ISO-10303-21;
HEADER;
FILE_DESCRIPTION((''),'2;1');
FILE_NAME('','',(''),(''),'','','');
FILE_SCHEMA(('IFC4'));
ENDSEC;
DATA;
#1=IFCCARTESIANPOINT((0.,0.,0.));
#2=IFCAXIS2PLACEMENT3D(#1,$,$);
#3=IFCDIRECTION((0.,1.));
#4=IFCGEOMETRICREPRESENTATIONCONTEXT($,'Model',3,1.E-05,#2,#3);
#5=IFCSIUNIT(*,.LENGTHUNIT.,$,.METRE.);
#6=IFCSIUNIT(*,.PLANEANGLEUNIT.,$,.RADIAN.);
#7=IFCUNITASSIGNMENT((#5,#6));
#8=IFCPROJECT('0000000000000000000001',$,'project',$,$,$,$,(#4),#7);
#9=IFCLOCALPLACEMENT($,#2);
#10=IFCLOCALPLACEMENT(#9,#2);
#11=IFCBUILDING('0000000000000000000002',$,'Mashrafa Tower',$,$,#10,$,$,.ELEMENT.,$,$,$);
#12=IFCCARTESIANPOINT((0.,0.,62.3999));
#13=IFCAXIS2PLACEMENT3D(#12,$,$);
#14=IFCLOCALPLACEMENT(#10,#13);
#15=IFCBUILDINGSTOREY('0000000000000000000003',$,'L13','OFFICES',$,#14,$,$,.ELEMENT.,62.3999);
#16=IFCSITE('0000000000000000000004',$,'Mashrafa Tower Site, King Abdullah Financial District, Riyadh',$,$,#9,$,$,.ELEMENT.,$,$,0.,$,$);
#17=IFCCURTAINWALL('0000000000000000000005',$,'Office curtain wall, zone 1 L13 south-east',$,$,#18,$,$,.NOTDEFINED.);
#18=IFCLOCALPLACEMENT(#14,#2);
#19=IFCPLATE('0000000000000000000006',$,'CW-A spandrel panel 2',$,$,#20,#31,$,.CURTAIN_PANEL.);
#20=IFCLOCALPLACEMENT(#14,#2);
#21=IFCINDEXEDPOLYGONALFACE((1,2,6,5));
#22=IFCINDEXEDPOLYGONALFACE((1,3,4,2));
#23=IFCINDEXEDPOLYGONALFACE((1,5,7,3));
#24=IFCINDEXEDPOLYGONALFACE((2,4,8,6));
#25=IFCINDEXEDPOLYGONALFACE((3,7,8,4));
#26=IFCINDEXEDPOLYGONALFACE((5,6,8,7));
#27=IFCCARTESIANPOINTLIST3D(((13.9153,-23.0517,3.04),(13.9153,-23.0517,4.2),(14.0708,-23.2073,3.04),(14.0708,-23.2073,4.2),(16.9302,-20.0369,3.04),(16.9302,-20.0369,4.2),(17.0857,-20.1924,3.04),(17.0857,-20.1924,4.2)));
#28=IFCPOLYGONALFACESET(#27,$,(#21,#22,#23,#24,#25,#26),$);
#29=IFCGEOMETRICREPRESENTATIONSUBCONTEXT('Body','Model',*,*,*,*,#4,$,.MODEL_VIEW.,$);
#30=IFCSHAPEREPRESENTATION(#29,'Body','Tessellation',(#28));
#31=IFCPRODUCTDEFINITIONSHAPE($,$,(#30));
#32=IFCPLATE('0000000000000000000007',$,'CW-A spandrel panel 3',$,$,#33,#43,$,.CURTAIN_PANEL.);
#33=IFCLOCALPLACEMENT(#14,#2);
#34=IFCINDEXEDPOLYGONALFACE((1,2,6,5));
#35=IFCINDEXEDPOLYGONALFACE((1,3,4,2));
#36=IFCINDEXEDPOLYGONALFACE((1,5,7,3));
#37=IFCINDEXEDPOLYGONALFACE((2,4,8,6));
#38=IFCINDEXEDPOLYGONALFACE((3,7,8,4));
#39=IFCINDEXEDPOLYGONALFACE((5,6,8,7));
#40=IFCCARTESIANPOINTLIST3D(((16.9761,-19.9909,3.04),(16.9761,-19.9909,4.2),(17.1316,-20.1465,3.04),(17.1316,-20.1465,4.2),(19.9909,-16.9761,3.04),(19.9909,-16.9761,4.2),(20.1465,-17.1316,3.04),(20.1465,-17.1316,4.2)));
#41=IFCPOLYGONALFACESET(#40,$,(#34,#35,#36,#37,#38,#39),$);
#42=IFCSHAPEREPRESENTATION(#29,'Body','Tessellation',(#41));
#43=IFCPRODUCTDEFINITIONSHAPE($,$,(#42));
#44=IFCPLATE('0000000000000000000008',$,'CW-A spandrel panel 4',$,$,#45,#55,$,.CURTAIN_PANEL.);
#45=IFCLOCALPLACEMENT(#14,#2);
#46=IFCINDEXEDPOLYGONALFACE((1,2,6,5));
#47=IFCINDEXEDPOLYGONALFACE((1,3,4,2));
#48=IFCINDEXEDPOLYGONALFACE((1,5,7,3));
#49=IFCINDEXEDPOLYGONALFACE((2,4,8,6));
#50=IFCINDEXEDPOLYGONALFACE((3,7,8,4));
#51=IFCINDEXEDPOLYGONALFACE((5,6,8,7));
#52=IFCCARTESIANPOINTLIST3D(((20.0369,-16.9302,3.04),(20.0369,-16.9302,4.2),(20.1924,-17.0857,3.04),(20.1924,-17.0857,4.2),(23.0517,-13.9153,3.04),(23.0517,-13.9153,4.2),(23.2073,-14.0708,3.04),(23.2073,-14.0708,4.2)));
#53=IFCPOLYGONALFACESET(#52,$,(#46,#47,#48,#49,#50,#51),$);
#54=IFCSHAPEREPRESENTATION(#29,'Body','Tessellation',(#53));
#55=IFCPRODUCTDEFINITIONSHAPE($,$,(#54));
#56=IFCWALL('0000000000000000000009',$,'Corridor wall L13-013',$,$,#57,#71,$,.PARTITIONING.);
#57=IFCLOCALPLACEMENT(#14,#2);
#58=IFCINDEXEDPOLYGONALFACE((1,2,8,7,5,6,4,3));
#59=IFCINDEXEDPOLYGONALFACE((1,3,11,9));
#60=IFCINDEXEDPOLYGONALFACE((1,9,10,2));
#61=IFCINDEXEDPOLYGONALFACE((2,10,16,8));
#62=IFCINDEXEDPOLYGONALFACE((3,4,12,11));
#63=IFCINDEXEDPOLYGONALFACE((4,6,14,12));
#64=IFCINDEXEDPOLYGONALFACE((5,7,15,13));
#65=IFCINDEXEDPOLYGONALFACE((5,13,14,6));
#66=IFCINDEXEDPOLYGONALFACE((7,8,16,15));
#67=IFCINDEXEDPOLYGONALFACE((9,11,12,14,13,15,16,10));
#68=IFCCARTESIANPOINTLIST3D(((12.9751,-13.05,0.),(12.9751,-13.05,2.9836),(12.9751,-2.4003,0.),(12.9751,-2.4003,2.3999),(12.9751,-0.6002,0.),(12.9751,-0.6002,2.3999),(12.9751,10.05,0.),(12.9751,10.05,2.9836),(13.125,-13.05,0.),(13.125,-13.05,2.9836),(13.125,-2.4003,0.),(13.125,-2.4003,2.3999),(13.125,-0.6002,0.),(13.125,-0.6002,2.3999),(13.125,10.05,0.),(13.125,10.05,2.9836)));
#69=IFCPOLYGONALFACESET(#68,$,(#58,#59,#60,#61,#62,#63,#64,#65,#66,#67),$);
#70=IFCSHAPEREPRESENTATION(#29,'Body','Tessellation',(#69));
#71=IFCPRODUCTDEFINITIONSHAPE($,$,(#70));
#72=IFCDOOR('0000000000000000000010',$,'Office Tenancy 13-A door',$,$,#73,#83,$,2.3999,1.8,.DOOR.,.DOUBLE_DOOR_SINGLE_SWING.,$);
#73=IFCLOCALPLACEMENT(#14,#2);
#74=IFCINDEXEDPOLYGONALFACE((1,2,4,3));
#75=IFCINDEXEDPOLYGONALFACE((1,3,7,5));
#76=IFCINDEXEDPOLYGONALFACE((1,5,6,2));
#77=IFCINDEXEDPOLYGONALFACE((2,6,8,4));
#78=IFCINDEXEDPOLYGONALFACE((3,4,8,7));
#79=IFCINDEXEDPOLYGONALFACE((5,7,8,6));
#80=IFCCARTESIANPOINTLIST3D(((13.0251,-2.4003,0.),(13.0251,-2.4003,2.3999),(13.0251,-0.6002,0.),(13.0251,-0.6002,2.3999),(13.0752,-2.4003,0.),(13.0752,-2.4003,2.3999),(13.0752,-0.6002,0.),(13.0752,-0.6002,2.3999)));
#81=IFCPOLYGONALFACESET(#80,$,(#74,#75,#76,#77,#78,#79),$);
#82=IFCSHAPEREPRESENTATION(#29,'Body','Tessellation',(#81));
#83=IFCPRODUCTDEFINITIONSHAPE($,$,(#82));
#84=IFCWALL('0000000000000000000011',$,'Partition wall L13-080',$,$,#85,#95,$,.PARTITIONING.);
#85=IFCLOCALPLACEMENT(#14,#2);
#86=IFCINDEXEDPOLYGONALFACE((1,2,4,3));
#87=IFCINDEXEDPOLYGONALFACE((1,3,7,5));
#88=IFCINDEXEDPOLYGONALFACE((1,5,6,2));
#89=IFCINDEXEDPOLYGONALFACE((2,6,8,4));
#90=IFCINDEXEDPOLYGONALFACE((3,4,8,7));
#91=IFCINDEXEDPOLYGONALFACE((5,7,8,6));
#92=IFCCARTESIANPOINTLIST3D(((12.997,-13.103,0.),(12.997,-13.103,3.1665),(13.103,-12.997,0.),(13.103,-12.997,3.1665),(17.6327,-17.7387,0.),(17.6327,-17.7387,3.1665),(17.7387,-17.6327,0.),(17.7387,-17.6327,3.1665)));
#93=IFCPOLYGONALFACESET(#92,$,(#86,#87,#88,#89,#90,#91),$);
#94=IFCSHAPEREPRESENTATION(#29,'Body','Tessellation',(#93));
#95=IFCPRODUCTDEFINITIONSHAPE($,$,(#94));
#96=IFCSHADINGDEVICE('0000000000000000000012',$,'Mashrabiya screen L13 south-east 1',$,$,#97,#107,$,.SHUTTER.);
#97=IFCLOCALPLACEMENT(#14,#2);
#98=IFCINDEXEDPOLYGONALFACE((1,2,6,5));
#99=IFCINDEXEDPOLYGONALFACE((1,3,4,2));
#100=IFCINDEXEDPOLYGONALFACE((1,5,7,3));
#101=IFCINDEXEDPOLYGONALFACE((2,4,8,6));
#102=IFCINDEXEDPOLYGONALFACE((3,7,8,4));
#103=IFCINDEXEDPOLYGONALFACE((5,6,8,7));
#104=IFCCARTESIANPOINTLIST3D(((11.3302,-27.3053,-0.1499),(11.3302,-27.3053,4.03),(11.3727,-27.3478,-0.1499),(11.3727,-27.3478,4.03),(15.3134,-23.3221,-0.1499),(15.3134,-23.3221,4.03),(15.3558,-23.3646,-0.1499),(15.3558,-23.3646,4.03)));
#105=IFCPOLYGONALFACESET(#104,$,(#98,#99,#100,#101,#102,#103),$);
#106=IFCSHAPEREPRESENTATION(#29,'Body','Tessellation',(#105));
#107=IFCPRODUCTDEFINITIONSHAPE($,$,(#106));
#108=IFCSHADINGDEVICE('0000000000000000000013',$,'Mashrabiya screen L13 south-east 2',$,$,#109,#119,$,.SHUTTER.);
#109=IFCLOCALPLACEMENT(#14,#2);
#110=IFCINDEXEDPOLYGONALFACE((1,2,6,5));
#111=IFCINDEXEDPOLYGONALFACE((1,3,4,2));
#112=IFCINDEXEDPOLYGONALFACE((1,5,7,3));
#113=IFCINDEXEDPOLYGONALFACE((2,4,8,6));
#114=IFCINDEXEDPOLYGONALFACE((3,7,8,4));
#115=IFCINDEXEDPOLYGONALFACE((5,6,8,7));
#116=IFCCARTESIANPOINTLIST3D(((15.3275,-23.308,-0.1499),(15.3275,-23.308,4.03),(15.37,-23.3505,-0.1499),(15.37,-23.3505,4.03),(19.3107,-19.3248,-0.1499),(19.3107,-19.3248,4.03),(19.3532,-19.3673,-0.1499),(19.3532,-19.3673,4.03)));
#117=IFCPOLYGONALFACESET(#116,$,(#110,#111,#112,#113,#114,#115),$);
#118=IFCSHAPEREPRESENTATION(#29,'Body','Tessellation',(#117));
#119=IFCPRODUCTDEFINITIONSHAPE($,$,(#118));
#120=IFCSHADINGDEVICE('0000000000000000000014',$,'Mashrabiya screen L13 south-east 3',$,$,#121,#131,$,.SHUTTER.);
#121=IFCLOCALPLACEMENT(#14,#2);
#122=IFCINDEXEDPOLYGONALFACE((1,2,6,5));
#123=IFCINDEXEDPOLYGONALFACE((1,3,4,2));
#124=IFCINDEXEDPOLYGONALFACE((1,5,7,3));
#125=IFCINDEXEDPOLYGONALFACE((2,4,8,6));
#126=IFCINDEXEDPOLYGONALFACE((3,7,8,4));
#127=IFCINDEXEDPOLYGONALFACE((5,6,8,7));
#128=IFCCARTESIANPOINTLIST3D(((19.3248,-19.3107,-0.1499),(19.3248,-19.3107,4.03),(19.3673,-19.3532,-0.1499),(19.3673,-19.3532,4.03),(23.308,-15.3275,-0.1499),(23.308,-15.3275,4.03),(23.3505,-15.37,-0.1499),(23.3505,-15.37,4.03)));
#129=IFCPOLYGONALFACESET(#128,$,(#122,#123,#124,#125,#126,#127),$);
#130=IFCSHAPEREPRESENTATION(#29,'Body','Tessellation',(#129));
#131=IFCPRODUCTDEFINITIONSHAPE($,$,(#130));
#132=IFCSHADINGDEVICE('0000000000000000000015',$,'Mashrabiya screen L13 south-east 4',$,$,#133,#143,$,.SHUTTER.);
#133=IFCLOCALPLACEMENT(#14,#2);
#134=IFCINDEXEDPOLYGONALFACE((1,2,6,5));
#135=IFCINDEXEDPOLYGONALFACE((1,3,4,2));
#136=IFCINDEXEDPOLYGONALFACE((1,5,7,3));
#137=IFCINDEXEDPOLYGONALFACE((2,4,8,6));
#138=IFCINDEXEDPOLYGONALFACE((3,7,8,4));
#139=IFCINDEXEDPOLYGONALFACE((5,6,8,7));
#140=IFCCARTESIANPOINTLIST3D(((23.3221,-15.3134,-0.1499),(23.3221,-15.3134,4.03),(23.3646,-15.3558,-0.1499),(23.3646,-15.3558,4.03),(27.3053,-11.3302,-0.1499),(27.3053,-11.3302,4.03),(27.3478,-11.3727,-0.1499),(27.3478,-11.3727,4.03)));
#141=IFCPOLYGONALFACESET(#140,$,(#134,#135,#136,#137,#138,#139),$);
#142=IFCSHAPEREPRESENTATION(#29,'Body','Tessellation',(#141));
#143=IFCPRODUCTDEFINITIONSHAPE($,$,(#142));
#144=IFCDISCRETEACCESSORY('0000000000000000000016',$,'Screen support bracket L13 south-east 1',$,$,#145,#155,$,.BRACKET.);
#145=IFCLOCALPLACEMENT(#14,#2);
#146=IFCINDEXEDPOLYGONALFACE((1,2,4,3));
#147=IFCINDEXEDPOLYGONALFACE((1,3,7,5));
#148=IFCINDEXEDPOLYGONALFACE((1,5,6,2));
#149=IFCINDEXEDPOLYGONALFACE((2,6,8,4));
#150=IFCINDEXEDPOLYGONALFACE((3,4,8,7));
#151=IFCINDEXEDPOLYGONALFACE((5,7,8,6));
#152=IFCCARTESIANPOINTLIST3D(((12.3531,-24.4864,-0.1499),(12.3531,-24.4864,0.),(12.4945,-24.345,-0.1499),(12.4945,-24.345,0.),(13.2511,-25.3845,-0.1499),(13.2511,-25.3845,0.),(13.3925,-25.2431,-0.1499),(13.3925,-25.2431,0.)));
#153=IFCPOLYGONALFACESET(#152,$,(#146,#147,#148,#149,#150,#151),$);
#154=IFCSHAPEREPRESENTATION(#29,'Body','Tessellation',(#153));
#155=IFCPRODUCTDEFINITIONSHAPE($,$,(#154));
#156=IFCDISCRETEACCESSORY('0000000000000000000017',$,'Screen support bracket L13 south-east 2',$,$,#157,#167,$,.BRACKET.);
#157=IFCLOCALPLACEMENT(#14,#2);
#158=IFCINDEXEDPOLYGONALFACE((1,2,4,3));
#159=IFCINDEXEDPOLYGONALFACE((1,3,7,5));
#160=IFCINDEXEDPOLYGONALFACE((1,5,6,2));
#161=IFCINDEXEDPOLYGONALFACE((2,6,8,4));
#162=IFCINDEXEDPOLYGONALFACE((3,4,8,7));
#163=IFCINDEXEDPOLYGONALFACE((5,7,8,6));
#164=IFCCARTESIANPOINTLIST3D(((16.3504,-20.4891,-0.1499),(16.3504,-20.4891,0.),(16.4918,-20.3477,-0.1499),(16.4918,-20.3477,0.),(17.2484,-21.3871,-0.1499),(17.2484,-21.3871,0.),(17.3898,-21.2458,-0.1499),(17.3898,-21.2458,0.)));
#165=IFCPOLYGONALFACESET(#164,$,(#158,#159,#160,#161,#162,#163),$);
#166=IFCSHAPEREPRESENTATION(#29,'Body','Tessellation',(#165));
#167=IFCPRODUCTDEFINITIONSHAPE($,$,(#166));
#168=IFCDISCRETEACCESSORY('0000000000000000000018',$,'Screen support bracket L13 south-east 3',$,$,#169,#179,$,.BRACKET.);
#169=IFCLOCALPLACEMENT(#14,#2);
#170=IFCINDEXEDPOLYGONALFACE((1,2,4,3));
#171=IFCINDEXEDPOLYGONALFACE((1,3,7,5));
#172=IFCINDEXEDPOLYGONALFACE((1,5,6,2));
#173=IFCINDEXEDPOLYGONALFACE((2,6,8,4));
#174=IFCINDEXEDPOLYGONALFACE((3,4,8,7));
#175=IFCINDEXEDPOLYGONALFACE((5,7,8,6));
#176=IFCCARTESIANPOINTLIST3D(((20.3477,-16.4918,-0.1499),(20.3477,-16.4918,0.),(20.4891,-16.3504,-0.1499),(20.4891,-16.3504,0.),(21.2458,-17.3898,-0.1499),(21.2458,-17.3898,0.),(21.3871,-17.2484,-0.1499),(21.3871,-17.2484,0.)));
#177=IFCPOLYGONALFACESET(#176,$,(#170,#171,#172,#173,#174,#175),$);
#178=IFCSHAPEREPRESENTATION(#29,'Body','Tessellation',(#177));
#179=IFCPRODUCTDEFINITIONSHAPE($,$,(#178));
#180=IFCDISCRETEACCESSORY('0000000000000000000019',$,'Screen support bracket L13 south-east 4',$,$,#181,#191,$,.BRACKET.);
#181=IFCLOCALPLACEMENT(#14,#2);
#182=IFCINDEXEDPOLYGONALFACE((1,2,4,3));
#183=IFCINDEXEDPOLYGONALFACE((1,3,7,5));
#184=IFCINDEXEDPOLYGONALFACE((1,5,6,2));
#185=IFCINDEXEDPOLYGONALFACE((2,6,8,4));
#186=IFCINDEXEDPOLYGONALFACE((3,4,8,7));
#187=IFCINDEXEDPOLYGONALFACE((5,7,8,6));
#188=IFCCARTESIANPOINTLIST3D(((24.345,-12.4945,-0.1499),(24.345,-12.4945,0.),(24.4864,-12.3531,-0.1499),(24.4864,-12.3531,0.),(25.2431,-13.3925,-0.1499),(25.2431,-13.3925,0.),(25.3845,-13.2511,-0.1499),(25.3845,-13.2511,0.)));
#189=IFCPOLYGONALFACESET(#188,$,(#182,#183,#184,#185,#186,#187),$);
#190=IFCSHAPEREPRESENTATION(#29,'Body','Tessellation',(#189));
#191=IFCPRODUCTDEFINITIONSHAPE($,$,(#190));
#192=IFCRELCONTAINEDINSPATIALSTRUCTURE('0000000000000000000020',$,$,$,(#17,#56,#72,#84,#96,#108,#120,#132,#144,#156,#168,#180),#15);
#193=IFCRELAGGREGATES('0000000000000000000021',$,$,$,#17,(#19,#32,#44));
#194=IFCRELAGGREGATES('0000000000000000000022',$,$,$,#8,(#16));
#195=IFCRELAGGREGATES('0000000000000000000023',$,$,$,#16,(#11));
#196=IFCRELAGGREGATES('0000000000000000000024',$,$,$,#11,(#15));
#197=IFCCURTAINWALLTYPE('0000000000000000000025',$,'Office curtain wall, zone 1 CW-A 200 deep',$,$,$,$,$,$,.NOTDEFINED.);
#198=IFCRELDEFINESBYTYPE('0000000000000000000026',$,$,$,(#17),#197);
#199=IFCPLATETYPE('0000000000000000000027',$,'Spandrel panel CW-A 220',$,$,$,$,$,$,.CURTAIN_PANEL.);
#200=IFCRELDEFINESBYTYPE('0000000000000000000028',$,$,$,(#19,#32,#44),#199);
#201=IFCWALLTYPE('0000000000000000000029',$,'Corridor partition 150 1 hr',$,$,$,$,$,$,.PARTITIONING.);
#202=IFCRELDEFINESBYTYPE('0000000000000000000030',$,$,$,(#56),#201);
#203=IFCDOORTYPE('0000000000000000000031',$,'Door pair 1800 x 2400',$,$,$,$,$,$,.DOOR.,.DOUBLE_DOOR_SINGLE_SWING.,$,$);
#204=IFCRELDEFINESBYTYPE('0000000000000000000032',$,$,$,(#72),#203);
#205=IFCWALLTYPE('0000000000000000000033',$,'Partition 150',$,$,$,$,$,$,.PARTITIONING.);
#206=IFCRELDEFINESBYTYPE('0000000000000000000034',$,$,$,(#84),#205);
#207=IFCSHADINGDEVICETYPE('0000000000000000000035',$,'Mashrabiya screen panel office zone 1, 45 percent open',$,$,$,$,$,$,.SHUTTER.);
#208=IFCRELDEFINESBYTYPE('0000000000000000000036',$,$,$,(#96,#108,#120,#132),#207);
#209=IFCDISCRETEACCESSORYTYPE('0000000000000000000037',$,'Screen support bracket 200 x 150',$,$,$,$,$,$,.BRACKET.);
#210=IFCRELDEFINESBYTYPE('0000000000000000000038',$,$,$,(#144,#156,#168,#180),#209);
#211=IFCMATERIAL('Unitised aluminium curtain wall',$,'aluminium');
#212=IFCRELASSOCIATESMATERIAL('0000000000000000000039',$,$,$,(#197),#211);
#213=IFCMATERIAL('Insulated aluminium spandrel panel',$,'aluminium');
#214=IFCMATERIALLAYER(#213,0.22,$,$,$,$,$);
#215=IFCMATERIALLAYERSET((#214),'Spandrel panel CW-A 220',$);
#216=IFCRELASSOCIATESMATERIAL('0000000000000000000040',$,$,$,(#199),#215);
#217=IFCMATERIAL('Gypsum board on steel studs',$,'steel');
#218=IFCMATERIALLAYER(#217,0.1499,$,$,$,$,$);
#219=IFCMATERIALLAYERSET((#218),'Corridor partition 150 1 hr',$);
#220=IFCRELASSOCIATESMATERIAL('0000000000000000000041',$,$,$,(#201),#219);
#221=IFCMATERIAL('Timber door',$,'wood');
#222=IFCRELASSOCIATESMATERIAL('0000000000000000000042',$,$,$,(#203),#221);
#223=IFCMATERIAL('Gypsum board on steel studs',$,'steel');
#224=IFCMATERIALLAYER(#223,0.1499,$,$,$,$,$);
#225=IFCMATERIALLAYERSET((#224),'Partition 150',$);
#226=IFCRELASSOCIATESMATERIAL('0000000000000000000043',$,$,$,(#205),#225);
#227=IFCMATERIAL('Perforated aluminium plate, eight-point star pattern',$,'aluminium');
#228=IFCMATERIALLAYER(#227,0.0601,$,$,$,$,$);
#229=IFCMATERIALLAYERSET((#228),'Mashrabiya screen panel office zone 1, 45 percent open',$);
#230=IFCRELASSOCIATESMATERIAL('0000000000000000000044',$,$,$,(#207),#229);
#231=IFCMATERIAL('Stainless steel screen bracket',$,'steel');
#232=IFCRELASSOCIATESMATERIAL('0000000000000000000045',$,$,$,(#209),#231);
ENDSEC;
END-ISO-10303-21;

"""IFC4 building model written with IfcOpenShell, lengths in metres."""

from ifc_helpers import new_model, si_unit, direction, frame, frame_2d, origin, origin_2d, place, context, subcontext, project, spatial, rectangle, extrude, source, transform, mapped, material, layer, layer_set, type_object, type_shapes, element, fill, aggregate, save


model = new_model("IFC4")

# Units and contexts
model_context = context("Model", 3, precision=1e-05, world=origin(), true_north=direction((0.0, 1.0)))
body_context = subcontext(model_context, "Body", "Model", "MODEL_VIEW")
ifc_project = project(units=[si_unit("LENGTHUNIT", "METRE"), si_unit("PLANEANGLEUNIT", "RADIAN")], contexts=[model_context])

# Site, building, storey
site_placement = place(None, origin())
site = spatial("IfcSite", under=ifc_project, at=site_placement, Name="Mashrafa Tower Site, King Abdullah Financial District, Riyadh", CompositionType="ELEMENT", RefElevation=0.0)
building_placement = place(site_placement, origin())
building = spatial("IfcBuilding", under=site, at=building_placement, Name="Mashrafa Tower", CompositionType="ELEMENT")
storey_placement = place(building_placement, frame((0.0, 0.0, 62.3999)))
storey = spatial("IfcBuildingStorey", under=building, at=storey_placement, Name="L13", Description="OFFICES", CompositionType="ELEMENT", Elevation=62.3999)

# Curtain wall, plates
ifc_material_1 = material(Name="Unitised aluminium curtain wall", Category="aluminium")
curtain_wall_type = type_object("IfcCurtainWallType", Name="Office curtain wall, zone 1 CW-A 200 deep", PredefinedType="NOTDEFINED", material=ifc_material_1)
curtain_wall_placement = place(storey_placement, origin())
curtain_wall = element("IfcCurtainWall", 1, at=curtain_wall_placement, inside=storey, type_object=curtain_wall_type, Name="Office curtain wall, zone 1 L13 south-east", PredefinedType="NOTDEFINED")
ifc_material_2 = material(Name="Insulated aluminium spandrel panel", Category="aluminium")
ifc_layer_1 = layer(ifc_material_2, 0.22)
ifc_layer_set_1 = layer_set([ifc_layer_1], Name="Spandrel panel CW-A 220")
plate_type_1 = type_object("IfcPlateType", Name="Spandrel panel CW-A 220", PredefinedType="CURTAIN_PANEL", material=ifc_layer_set_1)
shared_shape_1 = source(origin(), body_context, "Body", "SweptSolid", [
    extrude(rectangle(XDim=4.2637, YDim=0.22, at=origin_2d()), origin(), (0.0, 0.0, 1.0), 1.1599),
])
plate_1_placement = place(storey_placement, frame((15.5005, -21.6221, 3.04), z_axis=(0.0, 0.0, 1.0), x_axis=(0.707107, 0.707107, 0.0)))
plate_1 = element("IfcPlate", 2, at=plate_1_placement, type_object=plate_type_1, Name="CW-A spandrel panel 2", PredefinedType="CURTAIN_PANEL", context=body_context, shape_type="MappedRepresentation", body=[
    mapped(shared_shape_1, transform((0.0, 0.0, 0.0))),
])
plate_2_placement = place(storey_placement, frame((18.5613, -18.5613, 3.04), z_axis=(0.0, 0.0, 1.0), x_axis=(0.707107, 0.707107, 0.0)))
plate_2 = element("IfcPlate", 3, at=plate_2_placement, type_object=plate_type_1, Name="CW-A spandrel panel 3", PredefinedType="CURTAIN_PANEL", context=body_context, shape_type="MappedRepresentation", body=[
    mapped(shared_shape_1, transform((0.0, 0.0, 0.0))),
])
plate_3_placement = place(storey_placement, frame((21.6221, -15.5005, 3.04), z_axis=(0.0, 0.0, 1.0), x_axis=(0.707107, 0.707107, 0.0)))
plate_3 = element("IfcPlate", 4, at=plate_3_placement, type_object=plate_type_1, Name="CW-A spandrel panel 4", PredefinedType="CURTAIN_PANEL", context=body_context, shape_type="MappedRepresentation", body=[
    mapped(shared_shape_1, transform((0.0, 0.0, 0.0))),
])
aggregate(curtain_wall, [plate_1, plate_2, plate_3])

# Wall, opening, door
ifc_material_3 = material(Name="Gypsum board on steel studs", Category="steel")
ifc_layer_2 = layer(ifc_material_3, 0.1499)
ifc_layer_set_2 = layer_set([ifc_layer_2], Name="Corridor partition 150 1 hr")
wall_type_1 = type_object("IfcWallType", Name="Corridor partition 150 1 hr", PredefinedType="PARTITIONING", material=ifc_layer_set_2)
wall_1_placement = place(storey_placement, frame((13.05, -13.05, 0.0), z_axis=(0.0, 0.0, 1.0), x_axis=(0.0, 1.0, 0.0)))
wall_1 = element("IfcWall", 5, at=wall_1_placement, inside=storey, type_object=wall_type_1, Name="Corridor wall L13-013", PredefinedType="PARTITIONING", context=body_context, shape_type="SweptSolid", body=[
    extrude(rectangle(XDim=23.1001, YDim=0.1499, at=frame_2d((11.55, 0.0))), origin(), (0.0, 0.0, 1.0), 2.9836),
])
opening_placement = place(wall_1_placement, frame((10.6499, 0.0, 0.0)))
opening = element("IfcOpeningElement", 6, at=opening_placement, cuts=wall_1, PredefinedType="OPENING", context=body_context, shape_type="SweptSolid", body=[
    extrude(rectangle(XDim=1.8, YDim=2.3999, at=frame_2d((0.8999, 1.2))), frame((0.0, 0.085, 0.0), z_axis=(0.0, -1.0, 0.0), x_axis=(1.0, 0.0, 0.0)), (0.0, 0.0, 1.0), 0.1699),
])
ifc_material_4 = material(Name="Timber door", Category="wood")
door_type = type_object("IfcDoorType", Name="Door pair 1800 x 2400", OperationType="DOUBLE_DOOR_SINGLE_SWING", PredefinedType="DOOR", material=ifc_material_4)
door_placement = place(opening_placement, origin())
door = element("IfcDoor", 7, at=door_placement, inside=storey, type_object=door_type, Name="Office Tenancy 13-A door", OperationType="DOUBLE_DOOR_SINGLE_SWING", OverallHeight=2.3999, OverallWidth=1.8, PredefinedType="DOOR", context=body_context, shape_type="SweptSolid", body=[
    extrude(rectangle(XDim=1.8, YDim=2.3999, at=frame_2d((0.8999, 1.2))), frame((0.0, 0.0249, 0.0), z_axis=(0.0, -1.0, 0.0), x_axis=(1.0, 0.0, 0.0)), (0.0, 0.0, 1.0), 0.05),
])
fill(opening, door)

# Wall
ifc_material_5 = material(Name="Gypsum board on steel studs", Category="steel")
ifc_layer_3 = layer(ifc_material_5, 0.1499)
ifc_layer_set_3 = layer_set([ifc_layer_3], Name="Partition 150")
wall_type_2 = type_object("IfcWallType", Name="Partition 150", PredefinedType="PARTITIONING", material=ifc_layer_set_3)
wall_2_placement = place(storey_placement, frame((13.05, -13.05, 0.0), z_axis=(0.0, 0.0, 1.0), x_axis=(0.707107, -0.707107, 0.0)))
element("IfcWall", 8, at=wall_2_placement, inside=storey, type_object=wall_type_2, Name="Partition wall L13-080", PredefinedType="PARTITIONING", context=body_context, shape_type="SweptSolid", body=[
    extrude(rectangle(XDim=6.5559, YDim=0.1499, at=frame_2d((3.2778, 0.0))), origin(), (0.0, 0.0, 1.0), 3.1665),
])

# Shading devices
ifc_material_6 = material(Name="Perforated aluminium plate, eight-point star pattern", Category="aluminium")
ifc_layer_4 = layer(ifc_material_6, 0.0601)
ifc_layer_set_4 = layer_set([ifc_layer_4], Name="Mashrabiya screen panel office zone 1, 45 percent open")
shading_device_type = type_object("IfcShadingDeviceType", Name="Mashrabiya screen panel office zone 1, 45 percent open", PredefinedType="SHUTTER", material=ifc_layer_set_4)
shared_shape_2 = source(origin(), body_context, "Body", "SweptSolid", [
    extrude(rectangle(XDim=5.6331, YDim=0.0601, at=origin_2d()), origin(), (0.0, 0.0, 1.0), 4.1799),
])
type_shapes(shading_device_type, [shared_shape_2])
for number, where, z_axis, x_axis, name in (
    (9, (13.343, -25.335, -0.1499), (0.0, 0.0, 1.0), (0.707107, 0.707107, 0.0), "Mashrabiya screen L13 south-east 1"),
    (10, (17.3403, -21.3376, -0.1499), (0.0, 0.0, 1.0), (0.707107, 0.707107, 0.0), "Mashrabiya screen L13 south-east 2"),
    (11, (21.3376, -17.3403, -0.1499), (0.0, 0.0, 1.0), (0.707107, 0.707107, 0.0), "Mashrabiya screen L13 south-east 3"),
    (12, (25.335, -13.343, -0.1499), (0.0, 0.0, 1.0), (0.707107, 0.707107, 0.0), "Mashrabiya screen L13 south-east 4"),
):
    element("IfcShadingDevice", number, at=place(storey_placement, frame(where, z_axis=z_axis, x_axis=x_axis)), inside=storey, type_object=shading_device_type, Name=name, PredefinedType="SHUTTER", context=body_context, shape_type="MappedRepresentation", body=[
        mapped(shared_shape_2, transform((0.0, 0.0, 0.0))),
    ])

# Discrete accessories
ifc_material_7 = material(Name="Stainless steel screen bracket", Category="steel")
discrete_accessory_type = type_object("IfcDiscreteAccessoryType", Name="Screen support bracket 200 x 150", PredefinedType="BRACKET", material=ifc_material_7)
shared_shape_3 = source(origin(), body_context, "Body", "SweptSolid", [
    extrude(rectangle(XDim=0.2, YDim=1.27, at=origin_2d()), origin(), (0.0, 0.0, 1.0), 0.1499),
])
type_shapes(discrete_accessory_type, [shared_shape_3])
for number, where, z_axis, x_axis, name in (
    (13, (12.8728, -24.8647, -0.1499), (0.0, 0.0, 1.0), (0.707107, 0.707107, 0.0), "Screen support bracket L13 south-east 1"),
    (14, (16.8701, -20.8674, -0.1499), (0.0, 0.0, 1.0), (0.707107, 0.707107, 0.0), "Screen support bracket L13 south-east 2"),
    (15, (20.8674, -16.8701, -0.1499), (0.0, 0.0, 1.0), (0.707107, 0.707107, 0.0), "Screen support bracket L13 south-east 3"),
    (16, (24.8647, -12.8728, -0.1499), (0.0, 0.0, 1.0), (0.707107, 0.707107, 0.0), "Screen support bracket L13 south-east 4"),
):
    element("IfcDiscreteAccessory", number, at=place(storey_placement, frame(where, z_axis=z_axis, x_axis=x_axis)), inside=storey, type_object=discrete_accessory_type, Name=name, PredefinedType="BRACKET", context=body_context, shape_type="MappedRepresentation", body=[
        mapped(shared_shape_3, transform((0.0, 0.0, 0.0))),
    ])

save(model, "model.ifc")
